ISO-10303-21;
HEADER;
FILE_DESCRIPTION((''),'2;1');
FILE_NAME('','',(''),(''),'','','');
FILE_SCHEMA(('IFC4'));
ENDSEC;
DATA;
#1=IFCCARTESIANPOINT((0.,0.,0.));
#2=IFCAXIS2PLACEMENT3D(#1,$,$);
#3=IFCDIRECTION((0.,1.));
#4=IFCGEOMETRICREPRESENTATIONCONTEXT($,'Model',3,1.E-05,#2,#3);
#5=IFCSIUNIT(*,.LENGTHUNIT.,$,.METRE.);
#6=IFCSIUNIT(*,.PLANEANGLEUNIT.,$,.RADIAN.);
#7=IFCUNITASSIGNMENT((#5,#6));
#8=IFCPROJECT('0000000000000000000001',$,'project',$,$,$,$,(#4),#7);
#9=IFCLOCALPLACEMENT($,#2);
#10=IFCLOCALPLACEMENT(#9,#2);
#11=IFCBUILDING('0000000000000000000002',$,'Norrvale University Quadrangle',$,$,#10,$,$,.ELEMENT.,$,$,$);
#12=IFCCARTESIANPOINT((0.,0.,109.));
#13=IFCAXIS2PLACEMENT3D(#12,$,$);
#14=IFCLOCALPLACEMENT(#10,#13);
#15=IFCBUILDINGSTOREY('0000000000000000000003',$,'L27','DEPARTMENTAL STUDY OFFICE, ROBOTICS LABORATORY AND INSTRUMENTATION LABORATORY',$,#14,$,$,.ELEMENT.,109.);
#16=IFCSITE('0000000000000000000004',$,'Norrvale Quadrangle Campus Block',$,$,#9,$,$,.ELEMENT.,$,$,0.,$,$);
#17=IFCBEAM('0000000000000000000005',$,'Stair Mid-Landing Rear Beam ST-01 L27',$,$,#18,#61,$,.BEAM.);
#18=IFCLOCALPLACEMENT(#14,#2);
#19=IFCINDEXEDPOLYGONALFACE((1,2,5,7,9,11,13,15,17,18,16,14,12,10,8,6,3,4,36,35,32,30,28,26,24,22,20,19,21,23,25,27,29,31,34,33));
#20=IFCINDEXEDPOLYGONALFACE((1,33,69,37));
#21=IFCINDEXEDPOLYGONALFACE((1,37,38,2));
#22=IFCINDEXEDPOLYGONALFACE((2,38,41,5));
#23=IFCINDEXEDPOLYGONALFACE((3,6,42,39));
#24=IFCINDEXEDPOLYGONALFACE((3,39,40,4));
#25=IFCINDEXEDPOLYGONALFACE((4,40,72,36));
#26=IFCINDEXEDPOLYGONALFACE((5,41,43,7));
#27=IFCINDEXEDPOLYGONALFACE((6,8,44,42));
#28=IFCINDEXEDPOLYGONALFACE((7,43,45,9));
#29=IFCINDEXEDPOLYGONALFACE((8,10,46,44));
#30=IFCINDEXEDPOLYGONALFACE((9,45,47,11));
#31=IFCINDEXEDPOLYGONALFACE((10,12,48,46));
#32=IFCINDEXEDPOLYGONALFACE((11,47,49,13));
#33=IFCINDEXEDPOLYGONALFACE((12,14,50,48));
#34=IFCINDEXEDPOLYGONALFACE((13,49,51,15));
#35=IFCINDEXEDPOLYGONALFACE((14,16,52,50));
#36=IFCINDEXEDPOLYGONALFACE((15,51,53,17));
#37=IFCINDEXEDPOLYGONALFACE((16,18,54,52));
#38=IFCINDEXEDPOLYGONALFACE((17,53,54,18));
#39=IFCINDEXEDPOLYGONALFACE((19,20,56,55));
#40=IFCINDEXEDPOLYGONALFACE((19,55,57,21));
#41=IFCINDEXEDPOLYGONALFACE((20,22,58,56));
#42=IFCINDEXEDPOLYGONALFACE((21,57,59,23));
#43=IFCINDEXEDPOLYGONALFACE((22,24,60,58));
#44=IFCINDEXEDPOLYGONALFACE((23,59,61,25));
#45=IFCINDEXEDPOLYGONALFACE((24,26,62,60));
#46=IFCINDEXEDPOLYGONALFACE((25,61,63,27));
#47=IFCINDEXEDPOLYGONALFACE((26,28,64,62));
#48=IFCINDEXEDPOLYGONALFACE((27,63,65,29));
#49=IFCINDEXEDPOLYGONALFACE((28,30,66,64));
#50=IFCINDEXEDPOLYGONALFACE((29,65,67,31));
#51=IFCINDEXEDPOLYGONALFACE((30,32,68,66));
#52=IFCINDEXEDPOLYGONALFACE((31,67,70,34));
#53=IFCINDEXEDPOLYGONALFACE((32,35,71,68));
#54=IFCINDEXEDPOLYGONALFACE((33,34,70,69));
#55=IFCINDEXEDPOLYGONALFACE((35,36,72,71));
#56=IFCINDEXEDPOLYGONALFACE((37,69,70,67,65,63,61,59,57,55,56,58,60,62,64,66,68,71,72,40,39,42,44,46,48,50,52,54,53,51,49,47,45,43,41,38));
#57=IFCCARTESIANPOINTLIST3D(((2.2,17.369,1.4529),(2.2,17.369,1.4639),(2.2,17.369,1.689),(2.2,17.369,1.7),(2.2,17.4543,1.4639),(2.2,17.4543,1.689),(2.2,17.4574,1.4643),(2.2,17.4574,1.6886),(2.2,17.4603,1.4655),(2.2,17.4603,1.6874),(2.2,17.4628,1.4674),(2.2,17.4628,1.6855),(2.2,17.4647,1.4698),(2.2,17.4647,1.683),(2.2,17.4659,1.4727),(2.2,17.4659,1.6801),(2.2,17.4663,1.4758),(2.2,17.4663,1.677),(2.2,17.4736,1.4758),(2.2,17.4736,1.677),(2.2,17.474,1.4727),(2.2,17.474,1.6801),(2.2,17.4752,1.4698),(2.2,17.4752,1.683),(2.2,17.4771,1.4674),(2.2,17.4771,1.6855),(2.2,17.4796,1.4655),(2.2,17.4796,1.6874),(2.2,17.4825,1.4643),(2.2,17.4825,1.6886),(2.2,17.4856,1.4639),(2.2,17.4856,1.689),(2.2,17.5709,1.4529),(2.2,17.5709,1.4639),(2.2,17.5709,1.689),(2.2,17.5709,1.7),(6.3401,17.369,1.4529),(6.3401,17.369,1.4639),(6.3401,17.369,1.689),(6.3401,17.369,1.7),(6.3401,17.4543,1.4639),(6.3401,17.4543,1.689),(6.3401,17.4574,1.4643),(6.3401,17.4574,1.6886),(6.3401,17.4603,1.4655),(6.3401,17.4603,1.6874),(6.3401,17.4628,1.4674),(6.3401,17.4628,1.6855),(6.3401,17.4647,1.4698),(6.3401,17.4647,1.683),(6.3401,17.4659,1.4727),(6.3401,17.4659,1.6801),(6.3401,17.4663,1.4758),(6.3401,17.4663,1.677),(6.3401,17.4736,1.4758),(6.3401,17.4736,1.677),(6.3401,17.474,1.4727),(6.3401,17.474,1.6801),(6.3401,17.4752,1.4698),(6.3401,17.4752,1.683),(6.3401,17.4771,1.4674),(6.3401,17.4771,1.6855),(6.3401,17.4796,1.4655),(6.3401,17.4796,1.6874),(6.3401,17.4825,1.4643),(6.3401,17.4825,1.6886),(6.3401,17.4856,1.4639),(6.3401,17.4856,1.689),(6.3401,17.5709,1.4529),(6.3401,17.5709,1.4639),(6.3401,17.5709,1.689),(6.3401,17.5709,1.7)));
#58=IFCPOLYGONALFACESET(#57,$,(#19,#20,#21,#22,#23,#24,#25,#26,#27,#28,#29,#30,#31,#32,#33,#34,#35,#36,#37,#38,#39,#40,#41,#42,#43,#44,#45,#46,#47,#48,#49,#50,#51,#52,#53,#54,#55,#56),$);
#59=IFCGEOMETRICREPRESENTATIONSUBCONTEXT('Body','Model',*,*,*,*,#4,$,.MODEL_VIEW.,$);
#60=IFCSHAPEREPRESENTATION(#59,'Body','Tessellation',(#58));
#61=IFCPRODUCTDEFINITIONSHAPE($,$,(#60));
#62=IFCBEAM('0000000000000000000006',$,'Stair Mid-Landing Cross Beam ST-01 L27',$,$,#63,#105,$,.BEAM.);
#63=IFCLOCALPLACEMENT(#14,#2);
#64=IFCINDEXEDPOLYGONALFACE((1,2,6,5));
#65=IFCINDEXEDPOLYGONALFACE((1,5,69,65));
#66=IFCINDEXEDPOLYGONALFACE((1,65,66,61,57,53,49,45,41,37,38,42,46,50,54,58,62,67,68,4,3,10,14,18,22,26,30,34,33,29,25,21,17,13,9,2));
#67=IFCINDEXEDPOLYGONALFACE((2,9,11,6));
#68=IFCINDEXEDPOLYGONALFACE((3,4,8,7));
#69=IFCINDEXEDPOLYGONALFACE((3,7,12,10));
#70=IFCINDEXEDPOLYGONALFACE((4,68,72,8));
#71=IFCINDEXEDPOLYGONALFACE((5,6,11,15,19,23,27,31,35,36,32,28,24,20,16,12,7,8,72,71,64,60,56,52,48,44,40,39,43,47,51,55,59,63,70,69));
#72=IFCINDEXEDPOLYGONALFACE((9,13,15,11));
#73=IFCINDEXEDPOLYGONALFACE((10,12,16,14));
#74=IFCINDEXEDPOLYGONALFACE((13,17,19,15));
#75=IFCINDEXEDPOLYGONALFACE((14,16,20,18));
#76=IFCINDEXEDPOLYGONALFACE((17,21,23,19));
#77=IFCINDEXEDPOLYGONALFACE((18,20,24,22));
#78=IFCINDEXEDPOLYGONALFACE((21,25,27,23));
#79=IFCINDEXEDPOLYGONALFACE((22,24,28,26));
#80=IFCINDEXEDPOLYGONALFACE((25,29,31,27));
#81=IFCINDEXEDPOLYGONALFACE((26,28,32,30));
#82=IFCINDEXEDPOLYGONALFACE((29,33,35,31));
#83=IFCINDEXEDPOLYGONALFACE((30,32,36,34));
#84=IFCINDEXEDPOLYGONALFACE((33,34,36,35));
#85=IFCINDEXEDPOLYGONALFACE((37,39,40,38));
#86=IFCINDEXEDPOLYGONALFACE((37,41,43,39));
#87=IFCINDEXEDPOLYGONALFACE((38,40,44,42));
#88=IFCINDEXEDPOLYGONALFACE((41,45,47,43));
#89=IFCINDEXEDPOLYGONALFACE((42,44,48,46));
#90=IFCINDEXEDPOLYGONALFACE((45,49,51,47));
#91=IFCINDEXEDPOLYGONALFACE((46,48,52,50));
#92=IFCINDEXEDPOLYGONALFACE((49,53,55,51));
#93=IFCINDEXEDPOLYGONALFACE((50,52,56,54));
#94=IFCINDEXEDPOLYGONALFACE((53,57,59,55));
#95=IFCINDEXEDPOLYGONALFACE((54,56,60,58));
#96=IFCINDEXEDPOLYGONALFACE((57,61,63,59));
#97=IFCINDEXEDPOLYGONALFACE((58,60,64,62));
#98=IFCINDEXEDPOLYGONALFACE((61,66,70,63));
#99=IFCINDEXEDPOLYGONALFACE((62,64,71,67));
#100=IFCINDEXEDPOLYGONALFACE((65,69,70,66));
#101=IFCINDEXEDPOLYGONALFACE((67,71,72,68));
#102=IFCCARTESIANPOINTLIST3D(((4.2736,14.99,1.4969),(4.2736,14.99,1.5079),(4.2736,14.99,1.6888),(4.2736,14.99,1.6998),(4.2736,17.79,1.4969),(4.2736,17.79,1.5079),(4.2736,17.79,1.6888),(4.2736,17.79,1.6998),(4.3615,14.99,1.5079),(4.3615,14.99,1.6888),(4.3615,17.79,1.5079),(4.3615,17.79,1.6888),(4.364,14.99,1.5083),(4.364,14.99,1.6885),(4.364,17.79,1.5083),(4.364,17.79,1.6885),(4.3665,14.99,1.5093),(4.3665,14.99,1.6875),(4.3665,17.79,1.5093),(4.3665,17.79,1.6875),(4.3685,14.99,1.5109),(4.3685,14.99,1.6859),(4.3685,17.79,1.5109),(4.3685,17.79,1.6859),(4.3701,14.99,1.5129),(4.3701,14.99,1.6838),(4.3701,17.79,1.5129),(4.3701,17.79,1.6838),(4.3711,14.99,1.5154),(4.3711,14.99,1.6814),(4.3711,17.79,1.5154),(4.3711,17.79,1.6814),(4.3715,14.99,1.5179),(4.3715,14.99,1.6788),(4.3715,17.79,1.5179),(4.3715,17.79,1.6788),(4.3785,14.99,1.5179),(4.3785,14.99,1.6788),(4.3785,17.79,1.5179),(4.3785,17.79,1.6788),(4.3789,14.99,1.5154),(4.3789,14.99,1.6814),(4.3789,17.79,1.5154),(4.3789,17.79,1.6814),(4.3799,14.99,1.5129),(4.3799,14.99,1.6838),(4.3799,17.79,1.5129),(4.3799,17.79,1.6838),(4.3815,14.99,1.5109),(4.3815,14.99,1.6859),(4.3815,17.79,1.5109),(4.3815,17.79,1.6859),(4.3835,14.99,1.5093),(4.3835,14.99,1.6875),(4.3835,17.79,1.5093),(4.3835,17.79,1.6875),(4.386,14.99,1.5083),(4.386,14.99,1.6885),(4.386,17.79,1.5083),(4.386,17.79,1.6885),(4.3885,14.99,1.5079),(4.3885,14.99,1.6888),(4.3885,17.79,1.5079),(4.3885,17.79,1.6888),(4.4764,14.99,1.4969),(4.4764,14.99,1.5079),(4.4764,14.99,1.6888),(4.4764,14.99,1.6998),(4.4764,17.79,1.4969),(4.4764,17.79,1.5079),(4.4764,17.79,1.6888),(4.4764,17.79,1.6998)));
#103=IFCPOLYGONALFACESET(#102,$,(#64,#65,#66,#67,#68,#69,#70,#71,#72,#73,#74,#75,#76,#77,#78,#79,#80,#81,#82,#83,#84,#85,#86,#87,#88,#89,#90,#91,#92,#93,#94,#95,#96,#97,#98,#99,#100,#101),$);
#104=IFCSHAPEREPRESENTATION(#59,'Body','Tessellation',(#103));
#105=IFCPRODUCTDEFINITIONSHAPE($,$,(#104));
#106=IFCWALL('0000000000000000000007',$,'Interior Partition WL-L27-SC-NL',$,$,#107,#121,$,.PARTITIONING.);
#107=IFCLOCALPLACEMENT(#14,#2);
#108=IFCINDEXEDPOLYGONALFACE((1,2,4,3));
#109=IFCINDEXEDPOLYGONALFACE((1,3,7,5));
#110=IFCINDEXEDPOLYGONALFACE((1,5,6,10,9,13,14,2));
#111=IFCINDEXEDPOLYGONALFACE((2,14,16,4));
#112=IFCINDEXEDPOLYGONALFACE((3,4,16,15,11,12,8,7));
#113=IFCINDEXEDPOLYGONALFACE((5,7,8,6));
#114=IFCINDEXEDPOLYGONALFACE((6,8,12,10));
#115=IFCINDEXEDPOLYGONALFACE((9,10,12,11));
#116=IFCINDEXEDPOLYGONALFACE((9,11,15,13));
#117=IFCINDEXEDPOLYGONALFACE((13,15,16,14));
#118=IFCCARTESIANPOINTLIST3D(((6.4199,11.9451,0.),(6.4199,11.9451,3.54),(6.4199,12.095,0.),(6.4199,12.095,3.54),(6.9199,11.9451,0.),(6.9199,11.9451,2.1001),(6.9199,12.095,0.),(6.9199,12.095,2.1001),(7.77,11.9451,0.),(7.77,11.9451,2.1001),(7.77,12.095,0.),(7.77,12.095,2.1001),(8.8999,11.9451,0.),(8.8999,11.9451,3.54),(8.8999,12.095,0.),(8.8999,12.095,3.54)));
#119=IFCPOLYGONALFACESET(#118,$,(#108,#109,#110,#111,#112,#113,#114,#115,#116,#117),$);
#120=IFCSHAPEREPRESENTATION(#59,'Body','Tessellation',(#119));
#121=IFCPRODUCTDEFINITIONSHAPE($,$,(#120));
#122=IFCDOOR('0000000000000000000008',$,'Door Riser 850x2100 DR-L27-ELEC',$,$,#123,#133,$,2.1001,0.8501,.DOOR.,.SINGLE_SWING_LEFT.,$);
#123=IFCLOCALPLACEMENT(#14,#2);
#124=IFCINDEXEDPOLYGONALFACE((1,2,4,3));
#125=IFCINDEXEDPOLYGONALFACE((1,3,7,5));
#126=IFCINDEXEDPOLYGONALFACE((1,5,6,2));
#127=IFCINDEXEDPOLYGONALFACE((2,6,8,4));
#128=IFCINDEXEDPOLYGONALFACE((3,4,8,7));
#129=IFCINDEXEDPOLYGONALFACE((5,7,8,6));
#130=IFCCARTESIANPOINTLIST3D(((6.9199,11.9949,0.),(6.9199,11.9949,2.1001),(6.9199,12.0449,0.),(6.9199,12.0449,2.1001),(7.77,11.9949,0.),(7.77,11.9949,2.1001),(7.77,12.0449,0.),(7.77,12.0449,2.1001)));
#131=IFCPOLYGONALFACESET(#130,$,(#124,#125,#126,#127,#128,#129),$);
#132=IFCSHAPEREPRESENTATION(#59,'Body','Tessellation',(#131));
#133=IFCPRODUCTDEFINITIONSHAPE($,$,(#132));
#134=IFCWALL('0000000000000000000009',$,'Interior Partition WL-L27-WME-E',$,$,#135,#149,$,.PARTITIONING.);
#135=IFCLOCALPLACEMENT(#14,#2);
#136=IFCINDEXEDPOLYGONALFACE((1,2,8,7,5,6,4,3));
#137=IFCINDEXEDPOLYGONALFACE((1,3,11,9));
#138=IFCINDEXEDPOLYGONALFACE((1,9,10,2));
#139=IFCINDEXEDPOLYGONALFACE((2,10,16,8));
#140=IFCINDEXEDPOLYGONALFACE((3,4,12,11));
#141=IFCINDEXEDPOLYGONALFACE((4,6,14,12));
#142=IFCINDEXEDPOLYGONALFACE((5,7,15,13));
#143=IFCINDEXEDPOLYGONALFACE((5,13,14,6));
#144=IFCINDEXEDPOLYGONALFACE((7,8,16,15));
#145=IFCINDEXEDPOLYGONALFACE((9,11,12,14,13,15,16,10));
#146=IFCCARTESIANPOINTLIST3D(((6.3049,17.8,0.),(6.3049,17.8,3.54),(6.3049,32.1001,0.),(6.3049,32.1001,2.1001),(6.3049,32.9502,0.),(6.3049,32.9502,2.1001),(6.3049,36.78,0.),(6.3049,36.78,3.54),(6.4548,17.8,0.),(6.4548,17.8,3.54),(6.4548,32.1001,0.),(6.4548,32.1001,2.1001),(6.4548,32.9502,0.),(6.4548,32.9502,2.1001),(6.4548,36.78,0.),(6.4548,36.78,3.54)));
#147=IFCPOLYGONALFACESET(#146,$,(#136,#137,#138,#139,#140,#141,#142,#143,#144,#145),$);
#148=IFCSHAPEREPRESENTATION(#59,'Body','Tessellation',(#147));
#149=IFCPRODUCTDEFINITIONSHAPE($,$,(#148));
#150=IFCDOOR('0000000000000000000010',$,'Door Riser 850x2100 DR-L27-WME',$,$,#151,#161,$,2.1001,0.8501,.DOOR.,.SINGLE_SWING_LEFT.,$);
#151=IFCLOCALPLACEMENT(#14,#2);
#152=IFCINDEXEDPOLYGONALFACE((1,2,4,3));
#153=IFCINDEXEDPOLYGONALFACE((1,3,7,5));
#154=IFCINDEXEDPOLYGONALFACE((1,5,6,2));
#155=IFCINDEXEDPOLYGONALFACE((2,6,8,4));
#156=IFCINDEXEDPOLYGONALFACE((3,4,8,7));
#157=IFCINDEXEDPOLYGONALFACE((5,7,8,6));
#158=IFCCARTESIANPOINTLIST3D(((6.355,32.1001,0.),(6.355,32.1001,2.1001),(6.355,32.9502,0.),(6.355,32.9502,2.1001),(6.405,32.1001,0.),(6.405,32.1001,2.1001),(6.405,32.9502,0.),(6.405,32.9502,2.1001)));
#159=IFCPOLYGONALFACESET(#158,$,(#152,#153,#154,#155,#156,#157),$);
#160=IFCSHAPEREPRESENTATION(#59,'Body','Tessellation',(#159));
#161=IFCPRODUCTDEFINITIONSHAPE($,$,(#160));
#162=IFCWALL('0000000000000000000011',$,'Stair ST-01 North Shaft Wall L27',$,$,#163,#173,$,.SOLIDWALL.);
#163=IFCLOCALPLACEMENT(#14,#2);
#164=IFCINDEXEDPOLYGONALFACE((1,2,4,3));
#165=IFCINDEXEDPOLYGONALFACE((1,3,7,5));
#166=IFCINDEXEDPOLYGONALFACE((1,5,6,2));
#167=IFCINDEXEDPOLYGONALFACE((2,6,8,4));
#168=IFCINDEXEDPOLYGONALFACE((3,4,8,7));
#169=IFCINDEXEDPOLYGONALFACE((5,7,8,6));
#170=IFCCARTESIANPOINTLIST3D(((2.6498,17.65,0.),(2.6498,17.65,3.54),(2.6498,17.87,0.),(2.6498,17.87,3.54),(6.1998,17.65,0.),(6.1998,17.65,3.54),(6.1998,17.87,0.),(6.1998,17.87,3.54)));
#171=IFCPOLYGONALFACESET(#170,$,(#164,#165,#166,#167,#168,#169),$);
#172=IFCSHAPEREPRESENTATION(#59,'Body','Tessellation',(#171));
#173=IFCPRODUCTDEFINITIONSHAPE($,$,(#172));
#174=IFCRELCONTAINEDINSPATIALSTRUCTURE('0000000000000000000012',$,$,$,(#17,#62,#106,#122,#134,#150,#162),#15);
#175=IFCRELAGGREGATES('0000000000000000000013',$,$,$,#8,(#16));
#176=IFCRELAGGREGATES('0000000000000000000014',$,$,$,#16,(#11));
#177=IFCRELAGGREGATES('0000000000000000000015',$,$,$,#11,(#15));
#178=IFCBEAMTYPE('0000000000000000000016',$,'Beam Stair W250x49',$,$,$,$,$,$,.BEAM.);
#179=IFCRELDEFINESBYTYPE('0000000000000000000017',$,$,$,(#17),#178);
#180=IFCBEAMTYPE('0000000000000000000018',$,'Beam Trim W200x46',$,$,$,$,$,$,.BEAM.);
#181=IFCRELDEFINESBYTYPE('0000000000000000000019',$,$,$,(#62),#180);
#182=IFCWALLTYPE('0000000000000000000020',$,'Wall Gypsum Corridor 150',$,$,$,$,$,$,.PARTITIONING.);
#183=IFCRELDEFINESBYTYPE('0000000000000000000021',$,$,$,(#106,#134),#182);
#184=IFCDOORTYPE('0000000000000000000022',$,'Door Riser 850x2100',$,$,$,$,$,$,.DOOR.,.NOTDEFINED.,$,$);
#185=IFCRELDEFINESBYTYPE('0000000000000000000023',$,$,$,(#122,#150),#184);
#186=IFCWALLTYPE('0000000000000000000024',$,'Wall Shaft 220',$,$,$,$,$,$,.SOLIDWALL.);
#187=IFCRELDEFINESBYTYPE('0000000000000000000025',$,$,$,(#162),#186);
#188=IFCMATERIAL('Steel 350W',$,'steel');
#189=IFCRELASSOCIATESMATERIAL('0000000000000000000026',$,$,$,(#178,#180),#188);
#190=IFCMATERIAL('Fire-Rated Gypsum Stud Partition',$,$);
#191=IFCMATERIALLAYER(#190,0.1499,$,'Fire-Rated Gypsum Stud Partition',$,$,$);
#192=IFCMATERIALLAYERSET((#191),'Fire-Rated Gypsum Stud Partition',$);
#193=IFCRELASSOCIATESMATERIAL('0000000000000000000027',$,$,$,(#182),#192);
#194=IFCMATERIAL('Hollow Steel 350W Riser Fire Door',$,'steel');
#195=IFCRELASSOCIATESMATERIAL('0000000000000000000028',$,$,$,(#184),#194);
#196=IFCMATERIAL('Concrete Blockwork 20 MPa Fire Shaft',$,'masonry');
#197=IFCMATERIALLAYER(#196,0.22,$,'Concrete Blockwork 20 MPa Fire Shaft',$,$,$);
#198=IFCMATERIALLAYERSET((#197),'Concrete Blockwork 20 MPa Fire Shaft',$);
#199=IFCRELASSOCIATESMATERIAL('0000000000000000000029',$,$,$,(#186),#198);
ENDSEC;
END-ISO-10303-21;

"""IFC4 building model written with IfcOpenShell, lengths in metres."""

from ifc_helpers import new_model, si_unit, direction, frame, frame_2d, origin, origin_2d, place, context, subcontext, project, spatial, rectangle, i_section, extrude, material, layer, layer_set, material_profile, profile_set, type_object, element, fill, save


model = new_model("IFC4")

# Units and contexts
model_context = context("Model", 3, precision=1e-05, world=origin(), true_north=direction((0.0, 1.0)))
body_context = subcontext(model_context, "Body", "Model", "MODEL_VIEW")
ifc_project = project(units=[si_unit("LENGTHUNIT", "METRE"), si_unit("PLANEANGLEUNIT", "RADIAN")], contexts=[model_context])

# Site, building, storey
site_placement = place(None, origin())
site = spatial("IfcSite", under=ifc_project, at=site_placement, Name="Norrvale Quadrangle Campus Block", CompositionType="ELEMENT", RefElevation=0.0)
building_placement = place(site_placement, origin())
building = spatial("IfcBuilding", under=site, at=building_placement, Name="Norrvale University Quadrangle", CompositionType="ELEMENT")
storey_placement = place(building_placement, frame((0.0, 0.0, 109.0)))
storey = spatial("IfcBuildingStorey", under=building, at=storey_placement, Name="L27", Description="DEPARTMENTAL STUDY OFFICE, ROBOTICS LABORATORY AND INSTRUMENTATION LABORATORY", CompositionType="ELEMENT", Elevation=109.0)

# Beams
ifc_material_1 = material(Name="Steel 350W", Category="steel")
ifc_material_profile_1 = material_profile(ifc_material_1, i_section(OverallWidth=0.2019, OverallDepth=0.2471, WebThickness=0.0073, FlangeThickness=0.011, FilletRadius=0.012, at=origin_2d()), Name="Steel 350W")
ifc_profile_set_1 = profile_set([ifc_material_profile_1], Name="Steel 350W")
beam_type_1 = type_object("IfcBeamType", Name="Beam Stair W250x49", PredefinedType="BEAM", material=ifc_profile_set_1)
for number, where, z_axis, x_axis, name in (
    (1, (2.2, 17.47, 1.5764), (1.0, 0.0, 0.0), (0.0, 1.0, 0.0), "Stair Mid-Landing Rear Beam ST-01 L27"),
):
    element("IfcBeam", number, at=place(storey_placement, frame(where, z_axis=z_axis, x_axis=x_axis)), inside=storey, type_object=beam_type_1, Name=name, PredefinedType="BEAM", context=body_context, shape_type="SweptSolid", body=[
        extrude(i_section(OverallWidth=0.2019, OverallDepth=0.2471, WebThickness=0.0073, FlangeThickness=0.011, FilletRadius=0.012, at=origin_2d()), origin(), (0.0, 0.0, 1.0), 4.1401),
    ])
ifc_material_profile_2 = material_profile(ifc_material_1, i_section(OverallWidth=0.2029, OverallDepth=0.2029, WebThickness=0.0071, FlangeThickness=0.011, FilletRadius=0.01, at=origin_2d()), Name="Steel 350W")
ifc_profile_set_2 = profile_set([ifc_material_profile_2], Name="Steel 350W")
beam_type_2 = type_object("IfcBeamType", Name="Beam Trim W200x46", PredefinedType="BEAM", material=ifc_profile_set_2)
beam_1_placement = place(storey_placement, frame((4.375, 14.99, 1.5984), z_axis=(0.0, 1.0, 0.0), x_axis=(-1.0, 0.0, 0.0)))
element("IfcBeam", 2, at=beam_1_placement, inside=storey, type_object=beam_type_2, Name="Stair Mid-Landing Cross Beam ST-01 L27", PredefinedType="BEAM", context=body_context, shape_type="SweptSolid", body=[
    extrude(i_section(OverallWidth=0.2029, OverallDepth=0.2029, WebThickness=0.0071, FlangeThickness=0.011, FilletRadius=0.01, at=origin_2d()), origin(), (0.0, 0.0, 1.0), 2.8),
])

# Walls, openings, doors
ifc_material_2 = material(Name="Fire-Rated Gypsum Stud Partition")
ifc_layer_1 = layer(ifc_material_2, 0.1499, Name="Fire-Rated Gypsum Stud Partition")
ifc_layer_set_1 = layer_set([ifc_layer_1], Name="Fire-Rated Gypsum Stud Partition")
wall_type_1 = type_object("IfcWallType", Name="Wall Gypsum Corridor 150", PredefinedType="PARTITIONING", material=ifc_layer_set_1)
wall_1_placement = place(storey_placement, frame((6.4199, 12.02, 0.0), z_axis=(0.0, 0.0, 1.0), x_axis=(1.0, 0.0, 0.0)))
wall_1 = element("IfcWall", 3, at=wall_1_placement, inside=storey, type_object=wall_type_1, Name="Interior Partition WL-L27-SC-NL", PredefinedType="PARTITIONING", context=body_context, shape_type="SweptSolid", body=[
    extrude(rectangle(XDim=2.48, YDim=0.1499, at=frame_2d((1.24, 0.0))), origin(), (0.0, 0.0, 1.0), 3.54),
])
opening_1_placement = place(wall_1_placement, frame((0.5, 0.0, 0.0)))
opening_1 = element("IfcOpeningElement", 4, at=opening_1_placement, cuts=wall_1, PredefinedType="OPENING", context=body_context, shape_type="SweptSolid", body=[
    extrude(rectangle(XDim=0.8501, YDim=2.1001, at=frame_2d((0.425, 1.05))), frame((0.0, 0.0869, 0.0), z_axis=(0.0, -1.0, 0.0), x_axis=(1.0, 0.0, 0.0)), (0.0, 0.0, 1.0), 0.1738),
])
ifc_material_3 = material(Name="Hollow Steel 350W Riser Fire Door", Category="steel")
door_type = type_object("IfcDoorType", Name="Door Riser 850x2100", OperationType="NOTDEFINED", PredefinedType="DOOR", material=ifc_material_3)
door_1_placement = place(opening_1_placement, origin())
door_1 = element("IfcDoor", 5, at=door_1_placement, inside=storey, type_object=door_type, Name="Door Riser 850x2100 DR-L27-ELEC", OperationType="SINGLE_SWING_LEFT", OverallHeight=2.1001, OverallWidth=0.8501, PredefinedType="DOOR", context=body_context, shape_type="SweptSolid", body=[
    extrude(rectangle(XDim=0.8501, YDim=2.1001, at=frame_2d((0.425, 1.05))), frame((0.0, 0.0249, 0.0), z_axis=(0.0, -1.0, 0.0), x_axis=(1.0, 0.0, 0.0)), (0.0, 0.0, 1.0), 0.05),
])
fill(opening_1, door_1)
wall_2_placement = place(storey_placement, frame((6.3799, 17.8, 0.0), z_axis=(0.0, 0.0, 1.0), x_axis=(0.0, 1.0, 0.0)))
wall_2 = element("IfcWall", 6, at=wall_2_placement, inside=storey, type_object=wall_type_1, Name="Interior Partition WL-L27-WME-E", PredefinedType="PARTITIONING", context=body_context, shape_type="SweptSolid", body=[
    extrude(rectangle(XDim=18.98, YDim=0.1499, at=frame_2d((9.49, 0.0))), origin(), (0.0, 0.0, 1.0), 3.54),
])
opening_2_placement = place(wall_2_placement, frame((14.3, 0.0, 0.0)))
opening_2 = element("IfcOpeningElement", 7, at=opening_2_placement, cuts=wall_2, PredefinedType="OPENING", context=body_context, shape_type="SweptSolid", body=[
    extrude(rectangle(XDim=0.8501, YDim=2.1001, at=frame_2d((0.425, 1.05))), frame((0.0, 0.0869, 0.0), z_axis=(0.0, -1.0, 0.0), x_axis=(1.0, 0.0, 0.0)), (0.0, 0.0, 1.0), 0.1738),
])
door_2_placement = place(opening_2_placement, origin())
door_2 = element("IfcDoor", 8, at=door_2_placement, inside=storey, type_object=door_type, Name="Door Riser 850x2100 DR-L27-WME", OperationType="SINGLE_SWING_LEFT", OverallHeight=2.1001, OverallWidth=0.8501, PredefinedType="DOOR", context=body_context, shape_type="SweptSolid", body=[
    extrude(rectangle(XDim=0.8501, YDim=2.1001, at=frame_2d((0.425, 1.05))), frame((0.0, 0.0249, 0.0), z_axis=(0.0, -1.0, 0.0), x_axis=(1.0, 0.0, 0.0)), (0.0, 0.0, 1.0), 0.05),
])
fill(opening_2, door_2)

# Wall
ifc_material_4 = material(Name="Concrete Blockwork 20 MPa Fire Shaft", Category="masonry")
ifc_layer_2 = layer(ifc_material_4, 0.22, Name="Concrete Blockwork 20 MPa Fire Shaft")
ifc_layer_set_2 = layer_set([ifc_layer_2], Name="Concrete Blockwork 20 MPa Fire Shaft")
wall_type_2 = type_object("IfcWallType", Name="Wall Shaft 220", PredefinedType="SOLIDWALL", material=ifc_layer_set_2)
wall_3_placement = place(storey_placement, frame((2.6499, 17.76, 0.0), z_axis=(0.0, 0.0, 1.0), x_axis=(1.0, 0.0, 0.0)))
element("IfcWall", 9, at=wall_3_placement, inside=storey, type_object=wall_type_2, Name="Stair ST-01 North Shaft Wall L27", PredefinedType="SOLIDWALL", context=body_context, shape_type="SweptSolid", body=[
    extrude(rectangle(XDim=3.55, YDim=0.22, at=frame_2d((1.7749, 0.0))), origin(), (0.0, 0.0, 1.0), 3.54),
])

save(model, "model.ifc")
